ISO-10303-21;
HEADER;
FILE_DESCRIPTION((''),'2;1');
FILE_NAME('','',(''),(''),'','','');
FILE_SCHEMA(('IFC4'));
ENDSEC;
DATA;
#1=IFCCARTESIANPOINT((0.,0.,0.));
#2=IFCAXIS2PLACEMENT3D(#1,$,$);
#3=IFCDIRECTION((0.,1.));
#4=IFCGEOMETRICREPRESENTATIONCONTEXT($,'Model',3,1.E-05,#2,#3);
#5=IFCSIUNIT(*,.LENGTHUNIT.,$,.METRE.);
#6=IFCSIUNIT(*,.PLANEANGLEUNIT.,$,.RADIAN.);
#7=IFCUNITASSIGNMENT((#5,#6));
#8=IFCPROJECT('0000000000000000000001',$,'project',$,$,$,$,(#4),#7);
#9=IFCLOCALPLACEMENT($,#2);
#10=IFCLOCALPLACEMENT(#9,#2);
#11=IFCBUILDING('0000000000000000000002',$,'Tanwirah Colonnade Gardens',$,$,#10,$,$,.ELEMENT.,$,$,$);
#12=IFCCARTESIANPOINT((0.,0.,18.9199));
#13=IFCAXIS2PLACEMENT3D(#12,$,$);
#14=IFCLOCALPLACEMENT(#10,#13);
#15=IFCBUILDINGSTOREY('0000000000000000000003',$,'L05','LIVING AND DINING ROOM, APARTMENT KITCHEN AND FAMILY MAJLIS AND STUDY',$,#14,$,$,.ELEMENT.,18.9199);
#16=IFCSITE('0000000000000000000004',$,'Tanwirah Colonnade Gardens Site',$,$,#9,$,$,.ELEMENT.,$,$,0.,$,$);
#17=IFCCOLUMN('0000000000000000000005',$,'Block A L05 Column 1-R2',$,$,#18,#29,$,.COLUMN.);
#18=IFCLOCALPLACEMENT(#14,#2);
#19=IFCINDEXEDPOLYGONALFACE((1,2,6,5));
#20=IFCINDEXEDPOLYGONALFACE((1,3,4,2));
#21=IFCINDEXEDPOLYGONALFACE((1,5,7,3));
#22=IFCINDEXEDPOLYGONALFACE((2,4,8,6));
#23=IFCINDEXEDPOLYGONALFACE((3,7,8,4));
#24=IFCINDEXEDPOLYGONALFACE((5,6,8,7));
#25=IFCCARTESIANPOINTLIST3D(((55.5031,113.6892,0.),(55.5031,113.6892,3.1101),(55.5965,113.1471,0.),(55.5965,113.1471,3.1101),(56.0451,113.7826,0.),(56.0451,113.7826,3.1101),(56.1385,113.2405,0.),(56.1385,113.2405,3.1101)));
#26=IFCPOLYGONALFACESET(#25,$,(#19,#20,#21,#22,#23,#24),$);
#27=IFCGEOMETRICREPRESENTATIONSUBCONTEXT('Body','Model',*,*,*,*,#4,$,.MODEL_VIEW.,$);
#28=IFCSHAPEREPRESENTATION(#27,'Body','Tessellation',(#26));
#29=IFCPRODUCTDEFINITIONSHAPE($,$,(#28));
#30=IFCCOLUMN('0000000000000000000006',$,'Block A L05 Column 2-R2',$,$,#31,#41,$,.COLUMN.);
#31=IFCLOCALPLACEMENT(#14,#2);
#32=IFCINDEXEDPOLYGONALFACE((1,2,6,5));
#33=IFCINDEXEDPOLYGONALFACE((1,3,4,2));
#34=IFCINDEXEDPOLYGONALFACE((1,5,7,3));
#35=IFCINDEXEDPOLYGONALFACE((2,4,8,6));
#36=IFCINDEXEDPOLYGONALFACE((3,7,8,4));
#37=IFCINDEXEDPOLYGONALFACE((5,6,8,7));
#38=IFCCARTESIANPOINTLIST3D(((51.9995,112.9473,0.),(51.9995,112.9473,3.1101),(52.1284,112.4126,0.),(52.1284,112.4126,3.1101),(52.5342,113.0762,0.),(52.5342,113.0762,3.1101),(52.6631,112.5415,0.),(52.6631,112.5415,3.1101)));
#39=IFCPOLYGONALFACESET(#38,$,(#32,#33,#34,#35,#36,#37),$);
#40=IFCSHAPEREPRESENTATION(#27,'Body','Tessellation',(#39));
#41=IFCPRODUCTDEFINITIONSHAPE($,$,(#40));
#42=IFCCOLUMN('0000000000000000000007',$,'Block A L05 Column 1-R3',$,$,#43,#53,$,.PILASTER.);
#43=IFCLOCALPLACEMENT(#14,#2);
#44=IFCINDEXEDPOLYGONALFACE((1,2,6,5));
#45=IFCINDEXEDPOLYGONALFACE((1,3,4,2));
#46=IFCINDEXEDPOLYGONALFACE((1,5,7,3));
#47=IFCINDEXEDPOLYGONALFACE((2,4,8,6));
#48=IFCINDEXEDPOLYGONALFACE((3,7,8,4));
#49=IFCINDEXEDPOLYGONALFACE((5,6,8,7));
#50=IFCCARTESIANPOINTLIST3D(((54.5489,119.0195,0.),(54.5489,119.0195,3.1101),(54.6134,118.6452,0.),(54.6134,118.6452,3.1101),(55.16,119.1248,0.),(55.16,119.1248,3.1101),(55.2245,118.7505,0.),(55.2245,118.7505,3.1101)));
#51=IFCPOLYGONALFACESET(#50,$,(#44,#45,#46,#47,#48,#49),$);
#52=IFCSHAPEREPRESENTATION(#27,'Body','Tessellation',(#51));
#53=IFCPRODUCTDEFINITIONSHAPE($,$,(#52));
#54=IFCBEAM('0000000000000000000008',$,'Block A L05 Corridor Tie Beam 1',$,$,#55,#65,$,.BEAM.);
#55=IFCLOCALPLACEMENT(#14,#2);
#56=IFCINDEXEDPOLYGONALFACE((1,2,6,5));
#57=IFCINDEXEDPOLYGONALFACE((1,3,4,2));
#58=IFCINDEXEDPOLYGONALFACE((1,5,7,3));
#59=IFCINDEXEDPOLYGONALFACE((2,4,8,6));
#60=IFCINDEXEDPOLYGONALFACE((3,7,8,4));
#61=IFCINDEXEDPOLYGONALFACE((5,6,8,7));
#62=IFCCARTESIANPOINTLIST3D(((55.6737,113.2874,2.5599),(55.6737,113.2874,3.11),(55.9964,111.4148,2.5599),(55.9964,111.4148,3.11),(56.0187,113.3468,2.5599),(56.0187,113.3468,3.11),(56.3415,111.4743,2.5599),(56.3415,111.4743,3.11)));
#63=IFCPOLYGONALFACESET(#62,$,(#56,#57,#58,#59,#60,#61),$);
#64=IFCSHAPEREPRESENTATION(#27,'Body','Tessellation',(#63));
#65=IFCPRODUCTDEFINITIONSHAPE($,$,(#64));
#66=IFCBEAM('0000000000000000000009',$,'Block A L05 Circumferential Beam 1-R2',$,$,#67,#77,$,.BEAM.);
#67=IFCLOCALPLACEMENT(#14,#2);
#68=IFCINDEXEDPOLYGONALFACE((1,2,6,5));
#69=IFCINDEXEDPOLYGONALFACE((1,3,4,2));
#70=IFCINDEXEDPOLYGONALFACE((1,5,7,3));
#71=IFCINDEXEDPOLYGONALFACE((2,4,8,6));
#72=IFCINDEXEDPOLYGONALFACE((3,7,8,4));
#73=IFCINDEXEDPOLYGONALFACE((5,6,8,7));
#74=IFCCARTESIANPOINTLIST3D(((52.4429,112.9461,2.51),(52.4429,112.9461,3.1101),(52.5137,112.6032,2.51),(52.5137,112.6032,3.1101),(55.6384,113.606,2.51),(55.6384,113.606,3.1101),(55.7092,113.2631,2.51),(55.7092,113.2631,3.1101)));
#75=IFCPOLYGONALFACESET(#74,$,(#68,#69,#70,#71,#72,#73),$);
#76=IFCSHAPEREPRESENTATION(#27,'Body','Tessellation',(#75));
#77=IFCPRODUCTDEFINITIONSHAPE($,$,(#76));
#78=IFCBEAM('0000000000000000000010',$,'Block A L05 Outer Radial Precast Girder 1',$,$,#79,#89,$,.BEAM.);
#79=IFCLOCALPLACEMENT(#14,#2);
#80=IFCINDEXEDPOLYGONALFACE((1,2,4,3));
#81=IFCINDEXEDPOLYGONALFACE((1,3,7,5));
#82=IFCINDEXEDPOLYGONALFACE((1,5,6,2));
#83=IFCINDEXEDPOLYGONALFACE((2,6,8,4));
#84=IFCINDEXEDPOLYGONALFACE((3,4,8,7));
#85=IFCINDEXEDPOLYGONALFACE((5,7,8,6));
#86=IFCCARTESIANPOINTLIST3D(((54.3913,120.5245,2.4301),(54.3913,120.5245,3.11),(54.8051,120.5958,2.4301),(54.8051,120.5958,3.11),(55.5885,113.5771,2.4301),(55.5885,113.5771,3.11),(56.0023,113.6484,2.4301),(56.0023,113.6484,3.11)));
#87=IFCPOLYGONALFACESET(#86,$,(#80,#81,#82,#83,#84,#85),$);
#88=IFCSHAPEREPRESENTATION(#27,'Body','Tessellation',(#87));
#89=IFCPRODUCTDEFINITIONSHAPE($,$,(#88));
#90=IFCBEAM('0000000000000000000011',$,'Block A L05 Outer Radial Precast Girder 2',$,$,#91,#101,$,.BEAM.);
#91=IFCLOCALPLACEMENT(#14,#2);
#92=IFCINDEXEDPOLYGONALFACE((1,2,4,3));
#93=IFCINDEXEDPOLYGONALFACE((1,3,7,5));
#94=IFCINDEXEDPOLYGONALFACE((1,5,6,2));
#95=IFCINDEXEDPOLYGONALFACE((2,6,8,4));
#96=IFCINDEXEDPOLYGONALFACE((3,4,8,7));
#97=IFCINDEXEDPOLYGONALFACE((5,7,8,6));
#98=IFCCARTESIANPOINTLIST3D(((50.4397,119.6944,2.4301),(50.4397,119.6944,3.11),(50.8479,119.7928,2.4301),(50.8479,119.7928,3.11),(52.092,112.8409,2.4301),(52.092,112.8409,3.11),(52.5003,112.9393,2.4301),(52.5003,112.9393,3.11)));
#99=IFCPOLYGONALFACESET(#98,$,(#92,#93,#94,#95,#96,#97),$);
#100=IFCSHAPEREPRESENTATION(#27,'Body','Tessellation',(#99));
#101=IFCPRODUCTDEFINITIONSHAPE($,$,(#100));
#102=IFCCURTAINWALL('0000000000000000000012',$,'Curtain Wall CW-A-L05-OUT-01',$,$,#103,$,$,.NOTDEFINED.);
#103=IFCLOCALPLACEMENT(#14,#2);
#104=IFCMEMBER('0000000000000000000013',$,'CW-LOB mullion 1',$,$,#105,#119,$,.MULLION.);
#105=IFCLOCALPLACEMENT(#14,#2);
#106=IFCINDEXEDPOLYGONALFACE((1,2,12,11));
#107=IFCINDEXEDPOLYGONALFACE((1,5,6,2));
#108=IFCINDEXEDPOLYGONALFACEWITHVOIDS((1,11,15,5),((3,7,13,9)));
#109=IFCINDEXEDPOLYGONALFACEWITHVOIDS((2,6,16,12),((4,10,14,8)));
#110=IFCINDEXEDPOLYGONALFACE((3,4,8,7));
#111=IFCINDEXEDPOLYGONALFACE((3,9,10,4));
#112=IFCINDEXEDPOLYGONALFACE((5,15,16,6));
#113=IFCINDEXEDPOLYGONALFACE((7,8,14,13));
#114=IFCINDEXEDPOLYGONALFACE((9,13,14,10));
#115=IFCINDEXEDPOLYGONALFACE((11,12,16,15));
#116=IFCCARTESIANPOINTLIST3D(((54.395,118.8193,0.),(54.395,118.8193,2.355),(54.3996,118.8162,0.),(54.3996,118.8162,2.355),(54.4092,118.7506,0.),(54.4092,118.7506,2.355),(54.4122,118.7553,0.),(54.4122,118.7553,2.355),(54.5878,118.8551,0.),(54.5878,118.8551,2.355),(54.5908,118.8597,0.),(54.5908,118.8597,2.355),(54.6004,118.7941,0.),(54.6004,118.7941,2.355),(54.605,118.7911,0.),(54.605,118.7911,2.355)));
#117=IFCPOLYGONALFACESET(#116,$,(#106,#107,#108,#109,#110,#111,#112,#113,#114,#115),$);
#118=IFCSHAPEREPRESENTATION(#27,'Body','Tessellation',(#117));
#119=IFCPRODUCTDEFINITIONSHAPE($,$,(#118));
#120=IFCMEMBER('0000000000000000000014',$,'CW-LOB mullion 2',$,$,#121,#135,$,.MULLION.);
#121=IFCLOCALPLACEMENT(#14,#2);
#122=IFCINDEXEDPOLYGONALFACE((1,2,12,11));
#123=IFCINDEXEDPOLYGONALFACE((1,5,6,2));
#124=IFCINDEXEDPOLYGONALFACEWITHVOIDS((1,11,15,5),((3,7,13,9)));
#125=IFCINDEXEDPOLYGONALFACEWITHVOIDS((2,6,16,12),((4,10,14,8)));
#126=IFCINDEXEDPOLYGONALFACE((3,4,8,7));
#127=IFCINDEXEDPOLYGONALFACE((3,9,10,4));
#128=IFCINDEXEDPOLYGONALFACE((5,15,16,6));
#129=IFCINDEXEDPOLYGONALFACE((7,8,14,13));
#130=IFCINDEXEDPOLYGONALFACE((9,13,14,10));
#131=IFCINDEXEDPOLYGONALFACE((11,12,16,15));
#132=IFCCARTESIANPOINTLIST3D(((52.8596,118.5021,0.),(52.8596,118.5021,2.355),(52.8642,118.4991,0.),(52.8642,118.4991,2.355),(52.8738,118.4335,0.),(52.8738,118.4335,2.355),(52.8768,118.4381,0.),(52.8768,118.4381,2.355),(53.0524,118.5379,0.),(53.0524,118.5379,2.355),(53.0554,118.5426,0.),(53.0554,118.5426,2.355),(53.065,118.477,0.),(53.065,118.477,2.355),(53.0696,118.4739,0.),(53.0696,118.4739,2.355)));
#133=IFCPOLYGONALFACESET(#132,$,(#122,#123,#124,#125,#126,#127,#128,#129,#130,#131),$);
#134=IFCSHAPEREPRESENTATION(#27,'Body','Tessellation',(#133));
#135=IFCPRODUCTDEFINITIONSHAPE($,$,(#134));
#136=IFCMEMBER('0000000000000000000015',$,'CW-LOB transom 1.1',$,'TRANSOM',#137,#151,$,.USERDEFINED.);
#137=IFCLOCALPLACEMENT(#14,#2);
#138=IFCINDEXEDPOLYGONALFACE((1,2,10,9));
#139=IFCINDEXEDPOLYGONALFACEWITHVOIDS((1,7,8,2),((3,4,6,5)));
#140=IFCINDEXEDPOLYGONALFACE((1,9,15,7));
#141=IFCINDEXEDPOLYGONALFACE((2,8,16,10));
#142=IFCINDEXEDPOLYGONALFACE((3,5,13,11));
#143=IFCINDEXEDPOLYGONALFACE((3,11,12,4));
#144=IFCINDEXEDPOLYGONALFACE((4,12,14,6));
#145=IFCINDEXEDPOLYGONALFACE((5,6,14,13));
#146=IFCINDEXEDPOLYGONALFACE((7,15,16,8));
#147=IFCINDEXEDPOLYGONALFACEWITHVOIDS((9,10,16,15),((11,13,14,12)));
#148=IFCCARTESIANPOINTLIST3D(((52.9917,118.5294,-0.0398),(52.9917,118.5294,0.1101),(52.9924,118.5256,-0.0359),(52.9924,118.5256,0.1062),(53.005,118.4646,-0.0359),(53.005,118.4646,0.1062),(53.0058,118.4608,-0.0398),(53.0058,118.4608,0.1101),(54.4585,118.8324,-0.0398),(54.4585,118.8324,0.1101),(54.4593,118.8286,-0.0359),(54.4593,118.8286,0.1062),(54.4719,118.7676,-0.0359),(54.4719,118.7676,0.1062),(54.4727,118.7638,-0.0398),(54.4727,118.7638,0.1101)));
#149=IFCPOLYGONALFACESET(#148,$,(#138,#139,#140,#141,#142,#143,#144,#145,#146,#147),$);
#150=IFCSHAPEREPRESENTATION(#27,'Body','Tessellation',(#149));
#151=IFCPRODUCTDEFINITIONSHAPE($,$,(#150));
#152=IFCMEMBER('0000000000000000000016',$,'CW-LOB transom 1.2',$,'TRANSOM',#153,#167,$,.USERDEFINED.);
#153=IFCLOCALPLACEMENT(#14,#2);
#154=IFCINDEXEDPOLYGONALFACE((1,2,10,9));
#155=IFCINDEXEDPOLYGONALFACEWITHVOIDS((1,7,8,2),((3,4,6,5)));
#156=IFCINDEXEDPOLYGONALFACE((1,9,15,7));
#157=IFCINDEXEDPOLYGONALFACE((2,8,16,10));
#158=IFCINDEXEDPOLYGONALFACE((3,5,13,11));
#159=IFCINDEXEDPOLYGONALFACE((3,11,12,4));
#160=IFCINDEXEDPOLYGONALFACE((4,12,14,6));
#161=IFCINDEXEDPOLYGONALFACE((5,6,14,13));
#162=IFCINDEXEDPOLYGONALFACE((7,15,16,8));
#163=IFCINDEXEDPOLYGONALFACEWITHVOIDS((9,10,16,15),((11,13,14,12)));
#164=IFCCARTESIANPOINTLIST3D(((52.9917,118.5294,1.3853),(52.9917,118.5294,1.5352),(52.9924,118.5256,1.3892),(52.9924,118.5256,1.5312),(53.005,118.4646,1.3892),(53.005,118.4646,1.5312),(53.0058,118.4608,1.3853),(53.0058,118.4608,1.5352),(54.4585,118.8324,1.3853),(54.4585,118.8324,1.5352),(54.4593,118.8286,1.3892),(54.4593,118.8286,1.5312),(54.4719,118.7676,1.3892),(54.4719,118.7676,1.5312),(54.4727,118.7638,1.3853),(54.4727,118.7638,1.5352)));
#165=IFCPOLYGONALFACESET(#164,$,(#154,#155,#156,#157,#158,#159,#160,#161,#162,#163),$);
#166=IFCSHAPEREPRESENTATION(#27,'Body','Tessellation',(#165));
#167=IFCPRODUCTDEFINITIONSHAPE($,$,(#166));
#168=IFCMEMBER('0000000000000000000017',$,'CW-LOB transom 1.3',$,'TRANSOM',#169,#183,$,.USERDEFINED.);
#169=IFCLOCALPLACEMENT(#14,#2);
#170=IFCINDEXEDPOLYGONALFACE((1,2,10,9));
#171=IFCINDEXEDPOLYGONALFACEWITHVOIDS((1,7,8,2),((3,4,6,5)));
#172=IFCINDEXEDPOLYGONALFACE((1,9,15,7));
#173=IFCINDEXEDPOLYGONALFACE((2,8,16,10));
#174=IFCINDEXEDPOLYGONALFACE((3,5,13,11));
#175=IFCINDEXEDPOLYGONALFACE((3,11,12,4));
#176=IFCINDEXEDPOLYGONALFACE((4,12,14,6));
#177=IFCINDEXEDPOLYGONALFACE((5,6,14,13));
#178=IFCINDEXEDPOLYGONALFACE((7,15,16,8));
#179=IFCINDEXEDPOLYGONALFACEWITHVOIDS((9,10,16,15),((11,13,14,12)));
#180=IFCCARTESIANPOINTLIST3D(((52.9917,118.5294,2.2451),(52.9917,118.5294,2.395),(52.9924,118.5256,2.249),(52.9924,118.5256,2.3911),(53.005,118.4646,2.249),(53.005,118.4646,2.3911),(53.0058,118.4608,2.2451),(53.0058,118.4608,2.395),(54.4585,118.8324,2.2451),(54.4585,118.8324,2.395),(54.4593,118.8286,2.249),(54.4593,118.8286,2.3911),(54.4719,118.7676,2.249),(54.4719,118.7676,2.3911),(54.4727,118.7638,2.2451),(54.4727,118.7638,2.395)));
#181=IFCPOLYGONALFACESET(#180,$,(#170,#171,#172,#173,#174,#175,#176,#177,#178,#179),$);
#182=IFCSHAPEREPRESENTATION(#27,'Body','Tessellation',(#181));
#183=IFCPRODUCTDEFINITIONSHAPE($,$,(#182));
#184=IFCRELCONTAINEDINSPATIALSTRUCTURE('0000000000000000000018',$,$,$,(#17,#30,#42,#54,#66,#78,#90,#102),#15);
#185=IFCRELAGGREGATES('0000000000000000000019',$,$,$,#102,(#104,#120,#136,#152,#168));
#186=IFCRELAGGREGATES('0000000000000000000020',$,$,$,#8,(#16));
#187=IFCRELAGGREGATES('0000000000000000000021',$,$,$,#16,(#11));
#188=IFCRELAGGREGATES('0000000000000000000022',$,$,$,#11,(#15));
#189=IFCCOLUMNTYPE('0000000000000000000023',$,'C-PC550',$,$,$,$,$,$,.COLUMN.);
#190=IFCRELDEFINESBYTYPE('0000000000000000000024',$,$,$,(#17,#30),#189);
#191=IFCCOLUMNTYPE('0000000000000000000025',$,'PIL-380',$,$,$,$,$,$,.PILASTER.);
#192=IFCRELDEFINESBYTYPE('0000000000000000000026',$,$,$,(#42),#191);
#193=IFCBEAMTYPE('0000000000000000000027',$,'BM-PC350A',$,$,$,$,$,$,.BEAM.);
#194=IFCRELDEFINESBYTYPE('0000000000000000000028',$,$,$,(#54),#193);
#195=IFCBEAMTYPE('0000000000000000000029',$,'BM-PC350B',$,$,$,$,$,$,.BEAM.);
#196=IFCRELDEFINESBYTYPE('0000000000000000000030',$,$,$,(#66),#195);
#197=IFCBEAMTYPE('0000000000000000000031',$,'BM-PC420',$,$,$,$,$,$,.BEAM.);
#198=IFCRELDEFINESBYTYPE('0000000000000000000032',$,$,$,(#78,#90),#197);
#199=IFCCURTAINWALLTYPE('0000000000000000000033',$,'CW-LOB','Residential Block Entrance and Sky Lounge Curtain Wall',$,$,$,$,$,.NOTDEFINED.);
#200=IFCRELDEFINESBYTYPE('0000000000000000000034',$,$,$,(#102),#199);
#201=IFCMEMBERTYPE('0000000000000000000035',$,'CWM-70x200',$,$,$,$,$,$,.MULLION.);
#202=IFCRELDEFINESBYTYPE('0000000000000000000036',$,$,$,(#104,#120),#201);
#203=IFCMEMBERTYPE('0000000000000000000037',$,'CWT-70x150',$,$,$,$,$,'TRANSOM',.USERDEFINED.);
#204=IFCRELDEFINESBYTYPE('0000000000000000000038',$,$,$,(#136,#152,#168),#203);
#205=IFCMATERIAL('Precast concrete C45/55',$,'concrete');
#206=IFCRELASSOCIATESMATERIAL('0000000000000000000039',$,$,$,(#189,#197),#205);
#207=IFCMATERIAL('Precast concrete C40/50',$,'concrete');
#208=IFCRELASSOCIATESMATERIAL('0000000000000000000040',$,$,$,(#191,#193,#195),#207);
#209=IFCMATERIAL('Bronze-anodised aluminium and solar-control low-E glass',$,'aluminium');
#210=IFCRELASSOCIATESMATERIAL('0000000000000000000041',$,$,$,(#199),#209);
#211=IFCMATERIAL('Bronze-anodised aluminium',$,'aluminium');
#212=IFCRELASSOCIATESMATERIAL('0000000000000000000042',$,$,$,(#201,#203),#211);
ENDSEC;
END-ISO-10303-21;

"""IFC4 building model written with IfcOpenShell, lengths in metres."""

from ifc_helpers import new_model, si_unit, direction, frame, origin, origin_2d, place, context, subcontext, project, spatial, rectangle, hollow_rectangle, extrude, material, material_profile, profile_set, type_object, element, aggregate, save


model = new_model("IFC4")

# Units and contexts
model_context = context("Model", 3, precision=1e-05, world=origin(), true_north=direction((0.0, 1.0)))
body_context = subcontext(model_context, "Body", "Model", "MODEL_VIEW")
ifc_project = project(units=[si_unit("LENGTHUNIT", "METRE"), si_unit("PLANEANGLEUNIT", "RADIAN")], contexts=[model_context])

# Site, building, storey
site_placement = place(None, origin())
site = spatial("IfcSite", under=ifc_project, at=site_placement, Name="Tanwirah Colonnade Gardens Site", CompositionType="ELEMENT", RefElevation=0.0)
building_placement = place(site_placement, origin())
building = spatial("IfcBuilding", under=site, at=building_placement, Name="Tanwirah Colonnade Gardens", CompositionType="ELEMENT")
storey_placement = place(building_placement, frame((0.0, 0.0, 18.9199)))
storey = spatial("IfcBuildingStorey", under=building, at=storey_placement, Name="L05", Description="LIVING AND DINING ROOM, APARTMENT KITCHEN AND FAMILY MAJLIS AND STUDY", CompositionType="ELEMENT", Elevation=18.9199)

# Columns
ifc_material_1 = material(Name="Precast concrete C45/55", Category="concrete")
ifc_material_profile_1 = material_profile(ifc_material_1, rectangle(XDim=0.55, YDim=0.55, at=origin_2d()), Name="PC-COL 550x550")
ifc_profile_set_1 = profile_set([ifc_material_profile_1], Name="Precast concrete C45/55")
column_type_1 = type_object("IfcColumnType", Name="C-PC550", PredefinedType="COLUMN", material=ifc_profile_set_1)
for number, where, z_axis, x_axis, name in (
    (1, (55.8208, 113.4648, 0.0), (0.0, 0.0, 1.0), (-0.169827, 0.985474, 0.0), "Block A L05 Column 1-R2"),
    (2, (52.3313, 112.7444, 0.0), (0.0, 0.0, 1.0), (-0.234388, 0.972143, 0.0), "Block A L05 Column 2-R2"),
):
    element("IfcColumn", number, at=place(storey_placement, frame(where, z_axis=z_axis, x_axis=x_axis)), inside=storey, type_object=column_type_1, Name=name, PredefinedType="COLUMN", context=body_context, shape_type="SweptSolid", body=[
        extrude(rectangle(XDim=0.55, YDim=0.55, at=origin_2d()), origin(), (0.0, 0.0, 1.0), 3.1101),
    ])
ifc_material_2 = material(Name="Precast concrete C40/50", Category="concrete")
ifc_material_profile_2 = material_profile(ifc_material_2, rectangle(XDim=0.3799, YDim=0.6201, at=origin_2d()), Name="PC-PIL 380x620")
ifc_profile_set_2 = profile_set([ifc_material_profile_2], Name="Precast concrete C40/50")
column_type_2 = type_object("IfcColumnType", Name="PIL-380", PredefinedType="PILASTER", material=ifc_profile_set_2)
column_placement = place(storey_placement, frame((54.8867, 118.885, 0.0), z_axis=(0.0, 0.0, 1.0), x_axis=(-0.169827, 0.985474, 0.0)))
element("IfcColumn", 3, at=column_placement, inside=storey, type_object=column_type_2, Name="Block A L05 Column 1-R3", PredefinedType="PILASTER", context=body_context, shape_type="SweptSolid", body=[
    extrude(rectangle(XDim=0.3799, YDim=0.6201, at=origin_2d()), origin(), (0.0, 0.0, 1.0), 3.1101),
])

# Beams
ifc_material_profile_3 = material_profile(ifc_material_2, rectangle(XDim=0.3501, YDim=0.55, at=origin_2d()), Name="PC-BM 350x550")
ifc_profile_set_3 = profile_set([ifc_material_profile_3], Name="Precast concrete C40/50")
beam_type_1 = type_object("IfcBeamType", Name="BM-PC350A", PredefinedType="BEAM", material=ifc_profile_set_3)
beam_1_placement = place(storey_placement, frame((56.1689, 111.4446, 2.835), z_axis=(-0.169855, 0.985469, 0.0), x_axis=(-0.985469, -0.169855, 0.0)))
element("IfcBeam", 4, at=beam_1_placement, inside=storey, type_object=beam_type_1, Name="Block A L05 Corridor Tie Beam 1", PredefinedType="BEAM", context=body_context, shape_type="SweptSolid", body=[
    extrude(rectangle(XDim=0.3501, YDim=0.55, at=origin_2d()), origin(), (0.0, 0.0, 1.0), 1.9001),
])
ifc_material_profile_4 = material_profile(ifc_material_2, rectangle(XDim=0.3501, YDim=0.6001, at=origin_2d()), Name="PC-BM 350x600")
ifc_profile_set_4 = profile_set([ifc_material_profile_4], Name="Precast concrete C40/50")
beam_type_2 = type_object("IfcBeamType", Name="BM-PC350B", PredefinedType="BEAM", material=ifc_profile_set_4)
beam_2_placement = place(storey_placement, frame((55.6738, 113.4346, 2.8101), z_axis=(-0.979336, -0.202242, 0.0), x_axis=(0.202242, -0.979336, 0.0)))
element("IfcBeam", 5, at=beam_2_placement, inside=storey, type_object=beam_type_2, Name="Block A L05 Circumferential Beam 1-R2", PredefinedType="BEAM", context=body_context, shape_type="SweptSolid", body=[
    extrude(rectangle(XDim=0.3501, YDim=0.6001, at=origin_2d()), origin(), (0.0, 0.0, 1.0), 3.2629),
])
ifc_material_profile_5 = material_profile(ifc_material_1, rectangle(XDim=0.4199, YDim=0.6799, at=origin_2d()), Name="PC-BM 420x680")
ifc_profile_set_5 = profile_set([ifc_material_profile_5], Name="Precast concrete C45/55")
beam_type_3 = type_object("IfcBeamType", Name="BM-PC420", PredefinedType="BEAM", material=ifc_profile_set_5)
for number, where, z_axis, x_axis, name in (
    (6, (55.7954, 113.6128, 2.77), (-0.169827, 0.985474, 0.0), (-0.985474, -0.169827, 0.0), "Block A L05 Outer Radial Precast Girder 1"),
    (7, (52.2961, 112.8901, 2.77), (-0.234379, 0.972145, 0.0), (-0.972145, -0.234379, 0.0), "Block A L05 Outer Radial Precast Girder 2"),
):
    element("IfcBeam", number, at=place(storey_placement, frame(where, z_axis=z_axis, x_axis=x_axis)), inside=storey, type_object=beam_type_3, Name=name, PredefinedType="BEAM", context=body_context, shape_type="SweptSolid", body=[
        extrude(rectangle(XDim=0.4199, YDim=0.6799, at=origin_2d()), origin(), (0.0, 0.0, 1.0), 7.0498),
    ])

# Curtain wall, members
ifc_material_3 = material(Name="Bronze-anodised aluminium and solar-control low-E glass", Category="aluminium")
curtain_wall_type = type_object("IfcCurtainWallType", Name="CW-LOB", Description="Residential Block Entrance and Sky Lounge Curtain Wall", PredefinedType="NOTDEFINED", material=ifc_material_3)
curtain_wall_placement = place(storey_placement, origin())
curtain_wall = element("IfcCurtainWall", 8, at=curtain_wall_placement, inside=storey, type_object=curtain_wall_type, Name="Curtain Wall CW-A-L05-OUT-01", PredefinedType="NOTDEFINED")
ifc_material_4 = material(Name="Bronze-anodised aluminium", Category="aluminium")
ifc_material_profile_6 = material_profile(ifc_material_4, hollow_rectangle(XDim=0.0701, YDim=0.2, WallThickness=0.0039, at=origin_2d()), Name="CW-MUL 70x200x4")
ifc_profile_set_6 = profile_set([ifc_material_profile_6], Name="Bronze-anodised aluminium")
member_type_1 = type_object("IfcMemberType", Name="CWM-70x200", PredefinedType="MULLION", material=ifc_profile_set_6)
member_1_placement = place(storey_placement, frame((54.5, 118.8052, 0.0), z_axis=(0.0, 0.0, 1.0), x_axis=(0.202218, -0.979341, 0.0)))
member_1 = element("IfcMember", 9, at=member_1_placement, type_object=member_type_1, Name="CW-LOB mullion 1", PredefinedType="MULLION", context=body_context, shape_type="SweptSolid", body=[
    extrude(hollow_rectangle(XDim=0.0701, YDim=0.2, WallThickness=0.0039, at=origin_2d()), origin(), (0.0, 0.0, 1.0), 2.355),
])
member_2_placement = place(storey_placement, frame((52.9646, 118.488, 0.0), z_axis=(0.0, 0.0, 1.0), x_axis=(0.202218, -0.979341, 0.0)))
member_2 = element("IfcMember", 10, at=member_2_placement, type_object=member_type_1, Name="CW-LOB mullion 2", PredefinedType="MULLION", context=body_context, shape_type="SweptSolid", body=[
    extrude(hollow_rectangle(XDim=0.0701, YDim=0.2, WallThickness=0.0039, at=origin_2d()), origin(), (0.0, 0.0, 1.0), 2.355),
])
ifc_material_profile_7 = material_profile(ifc_material_4, hollow_rectangle(XDim=0.0701, YDim=0.1499, WallThickness=0.0039, at=origin_2d()), Name="CW-TRN 70x150x4")
ifc_profile_set_7 = profile_set([ifc_material_profile_7], Name="Bronze-anodised aluminium")
member_type_2 = type_object("IfcMemberType", Name="CWT-70x150", ElementType="TRANSOM", PredefinedType="USERDEFINED", material=ifc_profile_set_7)
member_3_placement = place(storey_placement, frame((54.4656, 118.7981, 0.0352), z_axis=(-0.979326, -0.202288, 0.0), x_axis=(0.202288, -0.979326, 0.0)))
member_3 = element("IfcMember", 11, at=member_3_placement, type_object=member_type_2, Name="CW-LOB transom 1.1", ObjectType="TRANSOM", PredefinedType="USERDEFINED", context=body_context, shape_type="SweptSolid", body=[
    extrude(hollow_rectangle(XDim=0.0701, YDim=0.1499, WallThickness=0.0039, at=origin_2d()), origin(), (0.0, 0.0, 1.0), 1.4978),
])
member_4_placement = place(storey_placement, frame((54.4656, 118.7981, 1.4602), z_axis=(-0.979326, -0.202288, 0.0), x_axis=(0.202288, -0.979326, 0.0)))
member_4 = element("IfcMember", 12, at=member_4_placement, type_object=member_type_2, Name="CW-LOB transom 1.2", ObjectType="TRANSOM", PredefinedType="USERDEFINED", context=body_context, shape_type="SweptSolid", body=[
    extrude(hollow_rectangle(XDim=0.0701, YDim=0.1499, WallThickness=0.0039, at=origin_2d()), origin(), (0.0, 0.0, 1.0), 1.4978),
])
member_5_placement = place(storey_placement, frame((54.4656, 118.7981, 2.3201), z_axis=(-0.979326, -0.202288, 0.0), x_axis=(0.202288, -0.979326, 0.0)))
member_5 = element("IfcMember", 13, at=member_5_placement, type_object=member_type_2, Name="CW-LOB transom 1.3", ObjectType="TRANSOM", PredefinedType="USERDEFINED", context=body_context, shape_type="SweptSolid", body=[
    extrude(hollow_rectangle(XDim=0.0701, YDim=0.1499, WallThickness=0.0039, at=origin_2d()), origin(), (0.0, 0.0, 1.0), 1.4978),
])

aggregate(curtain_wall, [member_1, member_2, member_3, member_4, member_5])

save(model, "model.ifc")
